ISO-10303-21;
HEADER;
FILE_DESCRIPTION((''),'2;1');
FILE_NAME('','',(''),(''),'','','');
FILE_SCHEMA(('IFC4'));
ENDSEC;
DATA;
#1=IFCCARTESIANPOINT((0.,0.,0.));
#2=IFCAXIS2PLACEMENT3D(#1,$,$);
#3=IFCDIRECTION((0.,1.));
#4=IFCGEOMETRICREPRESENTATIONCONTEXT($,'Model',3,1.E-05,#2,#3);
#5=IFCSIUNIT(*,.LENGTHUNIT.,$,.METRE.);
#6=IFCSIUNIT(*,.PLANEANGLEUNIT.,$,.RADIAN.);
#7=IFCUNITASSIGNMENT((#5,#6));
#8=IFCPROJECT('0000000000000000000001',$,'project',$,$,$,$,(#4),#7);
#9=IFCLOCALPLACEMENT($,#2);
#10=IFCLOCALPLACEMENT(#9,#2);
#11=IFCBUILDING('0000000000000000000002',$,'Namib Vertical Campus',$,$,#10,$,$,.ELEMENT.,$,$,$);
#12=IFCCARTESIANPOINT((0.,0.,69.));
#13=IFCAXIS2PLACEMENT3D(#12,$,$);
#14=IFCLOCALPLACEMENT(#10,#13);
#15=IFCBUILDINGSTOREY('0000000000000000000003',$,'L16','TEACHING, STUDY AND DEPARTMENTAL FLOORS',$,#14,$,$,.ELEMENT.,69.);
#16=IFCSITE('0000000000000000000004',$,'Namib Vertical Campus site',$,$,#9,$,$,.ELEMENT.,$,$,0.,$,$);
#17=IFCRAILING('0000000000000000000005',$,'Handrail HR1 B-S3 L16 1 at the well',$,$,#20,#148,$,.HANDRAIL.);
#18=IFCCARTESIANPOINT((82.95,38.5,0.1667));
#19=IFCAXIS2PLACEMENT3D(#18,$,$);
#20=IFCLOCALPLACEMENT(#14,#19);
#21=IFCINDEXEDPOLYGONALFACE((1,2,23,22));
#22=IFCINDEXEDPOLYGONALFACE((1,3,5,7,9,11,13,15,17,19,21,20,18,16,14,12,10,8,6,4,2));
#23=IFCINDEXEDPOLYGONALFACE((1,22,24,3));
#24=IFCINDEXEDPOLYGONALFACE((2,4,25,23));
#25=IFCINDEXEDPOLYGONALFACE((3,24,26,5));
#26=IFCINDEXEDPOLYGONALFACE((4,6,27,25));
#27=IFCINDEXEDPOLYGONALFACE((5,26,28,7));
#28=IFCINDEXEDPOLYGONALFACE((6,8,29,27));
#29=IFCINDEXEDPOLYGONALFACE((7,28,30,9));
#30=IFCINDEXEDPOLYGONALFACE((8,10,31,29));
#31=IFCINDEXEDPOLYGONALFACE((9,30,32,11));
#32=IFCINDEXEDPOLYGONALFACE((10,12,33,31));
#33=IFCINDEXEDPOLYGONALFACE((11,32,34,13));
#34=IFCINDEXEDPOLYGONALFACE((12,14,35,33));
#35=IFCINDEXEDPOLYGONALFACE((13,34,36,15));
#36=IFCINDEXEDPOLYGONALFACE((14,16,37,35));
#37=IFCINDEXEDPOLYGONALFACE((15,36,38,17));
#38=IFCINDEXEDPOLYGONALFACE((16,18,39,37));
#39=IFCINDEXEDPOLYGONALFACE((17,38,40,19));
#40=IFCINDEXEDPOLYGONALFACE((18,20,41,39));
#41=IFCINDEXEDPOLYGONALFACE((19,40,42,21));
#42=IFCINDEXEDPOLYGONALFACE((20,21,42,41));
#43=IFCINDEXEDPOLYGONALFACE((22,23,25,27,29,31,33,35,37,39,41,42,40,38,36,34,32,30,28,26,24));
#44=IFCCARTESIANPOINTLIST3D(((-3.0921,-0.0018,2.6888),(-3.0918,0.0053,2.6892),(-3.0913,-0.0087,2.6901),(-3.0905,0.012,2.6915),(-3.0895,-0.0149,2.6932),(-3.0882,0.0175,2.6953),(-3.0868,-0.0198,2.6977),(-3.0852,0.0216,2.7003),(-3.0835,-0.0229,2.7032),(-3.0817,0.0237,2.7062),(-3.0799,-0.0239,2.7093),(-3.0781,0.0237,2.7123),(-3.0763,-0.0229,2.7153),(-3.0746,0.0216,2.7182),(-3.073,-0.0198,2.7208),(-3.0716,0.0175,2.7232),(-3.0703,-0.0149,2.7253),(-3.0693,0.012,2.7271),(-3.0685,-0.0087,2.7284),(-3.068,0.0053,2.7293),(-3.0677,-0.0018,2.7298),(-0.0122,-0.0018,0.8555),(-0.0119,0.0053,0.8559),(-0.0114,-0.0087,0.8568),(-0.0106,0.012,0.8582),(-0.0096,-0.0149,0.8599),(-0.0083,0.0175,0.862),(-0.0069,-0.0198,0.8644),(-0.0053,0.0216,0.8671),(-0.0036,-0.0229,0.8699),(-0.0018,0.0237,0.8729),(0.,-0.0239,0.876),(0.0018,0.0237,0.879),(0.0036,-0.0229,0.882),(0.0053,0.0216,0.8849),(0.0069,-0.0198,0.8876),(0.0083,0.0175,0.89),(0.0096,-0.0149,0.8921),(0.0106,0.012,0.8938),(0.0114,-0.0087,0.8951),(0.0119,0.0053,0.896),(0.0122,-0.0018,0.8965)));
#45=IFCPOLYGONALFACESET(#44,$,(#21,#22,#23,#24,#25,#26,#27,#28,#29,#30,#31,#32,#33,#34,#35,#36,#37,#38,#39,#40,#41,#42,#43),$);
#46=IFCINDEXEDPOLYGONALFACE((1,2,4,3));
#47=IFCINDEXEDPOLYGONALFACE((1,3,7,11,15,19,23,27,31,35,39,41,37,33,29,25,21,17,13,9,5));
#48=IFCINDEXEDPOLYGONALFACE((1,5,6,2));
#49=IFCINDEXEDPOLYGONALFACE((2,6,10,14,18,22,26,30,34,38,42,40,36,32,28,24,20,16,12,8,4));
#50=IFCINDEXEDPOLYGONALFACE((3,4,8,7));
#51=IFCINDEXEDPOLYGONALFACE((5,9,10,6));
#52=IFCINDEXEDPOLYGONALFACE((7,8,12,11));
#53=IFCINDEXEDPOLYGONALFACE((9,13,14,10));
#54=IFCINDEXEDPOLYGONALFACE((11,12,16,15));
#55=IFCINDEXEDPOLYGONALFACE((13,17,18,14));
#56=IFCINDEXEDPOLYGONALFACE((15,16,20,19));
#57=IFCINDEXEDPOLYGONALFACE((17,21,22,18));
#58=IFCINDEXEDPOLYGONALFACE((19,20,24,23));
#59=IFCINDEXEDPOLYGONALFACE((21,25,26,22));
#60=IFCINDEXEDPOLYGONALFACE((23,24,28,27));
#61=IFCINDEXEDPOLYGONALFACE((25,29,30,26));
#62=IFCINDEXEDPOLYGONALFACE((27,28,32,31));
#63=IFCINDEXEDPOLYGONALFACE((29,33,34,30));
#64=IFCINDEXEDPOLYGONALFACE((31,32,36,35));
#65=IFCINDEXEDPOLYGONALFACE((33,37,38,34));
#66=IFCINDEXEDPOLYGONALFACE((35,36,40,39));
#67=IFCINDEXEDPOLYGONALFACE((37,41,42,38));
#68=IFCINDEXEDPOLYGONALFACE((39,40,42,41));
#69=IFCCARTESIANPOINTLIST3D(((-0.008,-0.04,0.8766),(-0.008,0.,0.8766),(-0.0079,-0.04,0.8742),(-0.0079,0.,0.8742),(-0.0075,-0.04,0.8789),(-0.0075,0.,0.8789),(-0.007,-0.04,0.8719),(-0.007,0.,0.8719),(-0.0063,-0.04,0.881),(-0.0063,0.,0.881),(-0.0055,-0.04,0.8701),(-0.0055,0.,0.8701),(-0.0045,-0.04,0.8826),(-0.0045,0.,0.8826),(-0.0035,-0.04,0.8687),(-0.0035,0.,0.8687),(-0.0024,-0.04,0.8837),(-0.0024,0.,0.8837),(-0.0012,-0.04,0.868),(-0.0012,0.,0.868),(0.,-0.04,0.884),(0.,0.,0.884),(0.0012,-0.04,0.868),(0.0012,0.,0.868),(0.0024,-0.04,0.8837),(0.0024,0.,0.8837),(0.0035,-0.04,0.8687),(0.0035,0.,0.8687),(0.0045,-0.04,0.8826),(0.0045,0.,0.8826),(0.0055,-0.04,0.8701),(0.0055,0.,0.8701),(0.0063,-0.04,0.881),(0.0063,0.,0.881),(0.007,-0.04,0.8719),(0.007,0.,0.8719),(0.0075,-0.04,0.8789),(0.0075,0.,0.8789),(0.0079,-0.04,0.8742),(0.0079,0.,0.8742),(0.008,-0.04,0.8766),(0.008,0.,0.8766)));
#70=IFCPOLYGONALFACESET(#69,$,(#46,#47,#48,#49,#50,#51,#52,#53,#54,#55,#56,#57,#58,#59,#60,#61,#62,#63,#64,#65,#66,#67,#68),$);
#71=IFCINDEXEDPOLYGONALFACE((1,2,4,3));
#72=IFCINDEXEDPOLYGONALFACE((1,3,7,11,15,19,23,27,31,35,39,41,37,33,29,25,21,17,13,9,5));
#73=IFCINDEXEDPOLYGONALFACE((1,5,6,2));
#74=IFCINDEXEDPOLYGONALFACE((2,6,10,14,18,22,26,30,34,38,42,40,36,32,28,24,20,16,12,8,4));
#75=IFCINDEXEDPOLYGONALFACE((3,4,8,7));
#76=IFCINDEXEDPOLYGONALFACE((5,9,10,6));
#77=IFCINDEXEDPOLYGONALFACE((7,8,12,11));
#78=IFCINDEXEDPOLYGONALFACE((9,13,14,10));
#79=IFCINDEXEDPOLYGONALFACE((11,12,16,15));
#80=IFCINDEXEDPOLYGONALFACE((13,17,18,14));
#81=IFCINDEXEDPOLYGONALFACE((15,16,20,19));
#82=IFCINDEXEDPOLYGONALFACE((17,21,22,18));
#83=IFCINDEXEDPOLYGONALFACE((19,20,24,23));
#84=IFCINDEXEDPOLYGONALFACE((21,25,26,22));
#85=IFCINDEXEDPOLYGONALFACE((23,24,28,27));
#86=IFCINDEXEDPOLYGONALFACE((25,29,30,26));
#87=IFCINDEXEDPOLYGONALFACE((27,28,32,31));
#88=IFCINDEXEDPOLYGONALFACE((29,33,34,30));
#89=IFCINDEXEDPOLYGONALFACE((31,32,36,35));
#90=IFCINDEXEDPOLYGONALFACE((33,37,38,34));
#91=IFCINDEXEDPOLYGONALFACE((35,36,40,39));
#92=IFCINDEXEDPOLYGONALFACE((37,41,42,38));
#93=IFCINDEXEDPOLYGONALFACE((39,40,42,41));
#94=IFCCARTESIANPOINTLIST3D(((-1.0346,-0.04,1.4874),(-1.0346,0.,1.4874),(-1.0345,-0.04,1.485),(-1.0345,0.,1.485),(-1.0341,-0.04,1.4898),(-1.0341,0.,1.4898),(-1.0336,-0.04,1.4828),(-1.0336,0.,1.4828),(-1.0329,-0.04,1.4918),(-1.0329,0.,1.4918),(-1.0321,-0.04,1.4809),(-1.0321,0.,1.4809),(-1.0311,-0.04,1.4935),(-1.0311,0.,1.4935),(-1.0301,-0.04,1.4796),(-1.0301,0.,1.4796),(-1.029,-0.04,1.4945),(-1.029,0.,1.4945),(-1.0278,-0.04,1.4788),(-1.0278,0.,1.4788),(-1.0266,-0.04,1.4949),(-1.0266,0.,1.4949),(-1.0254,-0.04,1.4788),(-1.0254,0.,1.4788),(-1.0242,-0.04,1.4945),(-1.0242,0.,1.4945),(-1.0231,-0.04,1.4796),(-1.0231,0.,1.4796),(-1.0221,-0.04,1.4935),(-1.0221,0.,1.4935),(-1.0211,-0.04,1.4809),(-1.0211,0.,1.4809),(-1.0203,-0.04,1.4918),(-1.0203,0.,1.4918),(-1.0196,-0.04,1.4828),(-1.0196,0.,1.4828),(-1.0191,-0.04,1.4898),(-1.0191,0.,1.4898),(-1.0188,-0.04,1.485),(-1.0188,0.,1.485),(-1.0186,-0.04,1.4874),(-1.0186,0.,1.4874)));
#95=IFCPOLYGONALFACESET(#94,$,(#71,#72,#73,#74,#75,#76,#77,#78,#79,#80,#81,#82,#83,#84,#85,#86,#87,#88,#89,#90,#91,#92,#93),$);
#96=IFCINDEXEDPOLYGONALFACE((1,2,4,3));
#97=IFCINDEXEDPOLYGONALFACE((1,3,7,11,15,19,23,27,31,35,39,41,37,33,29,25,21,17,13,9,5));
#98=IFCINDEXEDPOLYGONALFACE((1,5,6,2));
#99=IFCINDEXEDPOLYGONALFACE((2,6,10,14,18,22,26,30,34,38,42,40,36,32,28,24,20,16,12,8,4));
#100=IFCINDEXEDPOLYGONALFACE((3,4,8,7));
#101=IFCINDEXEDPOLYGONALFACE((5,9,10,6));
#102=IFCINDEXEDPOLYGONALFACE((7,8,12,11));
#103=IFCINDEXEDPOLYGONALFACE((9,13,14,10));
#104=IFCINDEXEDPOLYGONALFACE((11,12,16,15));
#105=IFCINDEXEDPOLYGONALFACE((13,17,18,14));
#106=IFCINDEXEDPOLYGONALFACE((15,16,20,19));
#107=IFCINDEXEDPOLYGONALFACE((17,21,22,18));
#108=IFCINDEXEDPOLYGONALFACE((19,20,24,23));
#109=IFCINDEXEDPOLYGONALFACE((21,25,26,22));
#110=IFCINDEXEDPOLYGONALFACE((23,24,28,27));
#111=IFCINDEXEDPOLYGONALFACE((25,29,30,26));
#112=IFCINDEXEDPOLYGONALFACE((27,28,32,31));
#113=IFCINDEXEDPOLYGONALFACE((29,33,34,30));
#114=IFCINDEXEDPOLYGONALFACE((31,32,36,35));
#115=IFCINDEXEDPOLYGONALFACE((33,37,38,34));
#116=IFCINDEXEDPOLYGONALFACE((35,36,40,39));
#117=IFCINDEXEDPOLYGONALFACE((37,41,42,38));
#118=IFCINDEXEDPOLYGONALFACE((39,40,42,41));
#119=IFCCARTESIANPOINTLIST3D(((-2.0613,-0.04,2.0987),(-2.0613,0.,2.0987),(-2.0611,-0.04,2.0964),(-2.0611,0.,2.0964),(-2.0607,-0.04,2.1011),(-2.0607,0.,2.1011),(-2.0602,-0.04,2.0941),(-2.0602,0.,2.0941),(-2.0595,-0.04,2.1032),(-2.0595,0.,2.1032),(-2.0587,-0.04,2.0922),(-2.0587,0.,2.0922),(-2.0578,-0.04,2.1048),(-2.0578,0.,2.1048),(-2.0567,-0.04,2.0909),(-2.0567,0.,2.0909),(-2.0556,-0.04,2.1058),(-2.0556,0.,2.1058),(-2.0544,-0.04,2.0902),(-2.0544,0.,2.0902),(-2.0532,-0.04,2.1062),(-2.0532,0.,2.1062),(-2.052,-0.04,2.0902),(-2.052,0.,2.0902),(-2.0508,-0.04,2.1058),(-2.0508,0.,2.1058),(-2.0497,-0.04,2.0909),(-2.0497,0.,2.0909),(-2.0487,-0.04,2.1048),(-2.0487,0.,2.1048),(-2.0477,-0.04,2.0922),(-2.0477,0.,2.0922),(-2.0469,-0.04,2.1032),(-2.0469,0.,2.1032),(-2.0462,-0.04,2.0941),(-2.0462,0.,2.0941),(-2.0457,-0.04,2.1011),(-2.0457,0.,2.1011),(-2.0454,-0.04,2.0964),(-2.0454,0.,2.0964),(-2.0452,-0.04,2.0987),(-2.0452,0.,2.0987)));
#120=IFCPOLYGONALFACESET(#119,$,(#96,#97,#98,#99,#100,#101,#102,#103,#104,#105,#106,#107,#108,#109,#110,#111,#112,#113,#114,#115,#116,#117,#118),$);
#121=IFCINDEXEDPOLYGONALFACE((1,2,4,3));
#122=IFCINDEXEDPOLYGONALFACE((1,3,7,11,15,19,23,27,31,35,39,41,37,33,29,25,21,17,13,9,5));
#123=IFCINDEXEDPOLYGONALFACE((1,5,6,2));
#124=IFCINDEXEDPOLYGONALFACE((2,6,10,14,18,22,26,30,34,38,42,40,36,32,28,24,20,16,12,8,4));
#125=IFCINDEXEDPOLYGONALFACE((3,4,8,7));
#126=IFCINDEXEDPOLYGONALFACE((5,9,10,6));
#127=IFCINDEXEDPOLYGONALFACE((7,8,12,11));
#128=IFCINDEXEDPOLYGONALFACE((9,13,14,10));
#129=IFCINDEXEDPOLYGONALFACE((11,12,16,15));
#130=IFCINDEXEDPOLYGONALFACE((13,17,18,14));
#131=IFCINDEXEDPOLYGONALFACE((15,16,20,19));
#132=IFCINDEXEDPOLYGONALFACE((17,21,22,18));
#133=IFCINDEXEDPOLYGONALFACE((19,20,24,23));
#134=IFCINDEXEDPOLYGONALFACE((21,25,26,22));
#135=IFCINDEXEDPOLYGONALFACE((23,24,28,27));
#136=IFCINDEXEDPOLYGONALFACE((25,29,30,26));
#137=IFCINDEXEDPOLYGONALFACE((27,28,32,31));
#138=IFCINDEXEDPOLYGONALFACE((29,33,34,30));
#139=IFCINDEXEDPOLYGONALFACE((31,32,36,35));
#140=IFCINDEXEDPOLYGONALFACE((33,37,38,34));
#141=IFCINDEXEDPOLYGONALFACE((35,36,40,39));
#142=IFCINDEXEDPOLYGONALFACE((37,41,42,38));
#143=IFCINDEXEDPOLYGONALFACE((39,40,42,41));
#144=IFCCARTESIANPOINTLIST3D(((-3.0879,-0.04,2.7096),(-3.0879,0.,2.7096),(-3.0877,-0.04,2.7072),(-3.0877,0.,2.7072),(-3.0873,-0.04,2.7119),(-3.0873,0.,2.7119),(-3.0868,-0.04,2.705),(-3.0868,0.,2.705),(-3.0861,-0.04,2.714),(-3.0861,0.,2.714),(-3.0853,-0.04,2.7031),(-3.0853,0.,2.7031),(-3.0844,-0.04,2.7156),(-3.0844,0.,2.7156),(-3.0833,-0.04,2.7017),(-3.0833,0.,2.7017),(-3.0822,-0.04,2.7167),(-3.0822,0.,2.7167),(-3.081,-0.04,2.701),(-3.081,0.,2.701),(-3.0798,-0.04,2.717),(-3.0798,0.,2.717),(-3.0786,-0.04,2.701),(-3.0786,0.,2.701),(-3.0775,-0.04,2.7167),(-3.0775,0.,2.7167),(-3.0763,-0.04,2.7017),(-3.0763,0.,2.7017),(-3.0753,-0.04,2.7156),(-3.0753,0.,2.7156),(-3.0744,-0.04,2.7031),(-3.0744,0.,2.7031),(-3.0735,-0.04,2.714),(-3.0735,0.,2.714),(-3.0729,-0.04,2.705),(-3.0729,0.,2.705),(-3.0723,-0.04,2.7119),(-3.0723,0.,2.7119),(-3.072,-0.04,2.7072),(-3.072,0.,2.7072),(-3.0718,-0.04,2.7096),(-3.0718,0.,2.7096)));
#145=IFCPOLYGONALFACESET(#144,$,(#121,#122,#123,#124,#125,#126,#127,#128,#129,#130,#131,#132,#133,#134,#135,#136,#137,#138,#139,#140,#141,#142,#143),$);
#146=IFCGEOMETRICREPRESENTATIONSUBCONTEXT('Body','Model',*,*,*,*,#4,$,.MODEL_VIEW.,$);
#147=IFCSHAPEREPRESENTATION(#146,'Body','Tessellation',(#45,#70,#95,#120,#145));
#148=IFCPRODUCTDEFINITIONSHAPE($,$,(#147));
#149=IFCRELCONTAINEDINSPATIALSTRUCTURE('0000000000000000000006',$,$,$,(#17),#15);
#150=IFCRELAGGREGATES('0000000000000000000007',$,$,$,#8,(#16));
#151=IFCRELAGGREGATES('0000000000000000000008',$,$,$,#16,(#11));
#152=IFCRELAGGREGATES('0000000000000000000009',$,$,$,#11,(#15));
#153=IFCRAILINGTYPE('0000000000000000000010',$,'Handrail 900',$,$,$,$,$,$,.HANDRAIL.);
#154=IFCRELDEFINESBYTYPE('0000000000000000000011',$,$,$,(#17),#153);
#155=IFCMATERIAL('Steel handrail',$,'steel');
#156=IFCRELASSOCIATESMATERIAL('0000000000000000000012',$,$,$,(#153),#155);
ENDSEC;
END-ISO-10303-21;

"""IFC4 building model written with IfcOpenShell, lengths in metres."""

from ifc_helpers import new_model, si_unit, direction, frame, origin, origin_2d, place, context, subcontext, project, spatial, circle, extrude, material, type_object, element, save


model = new_model("IFC4")

# Units and contexts
model_context = context("Model", 3, precision=1e-05, world=origin(), true_north=direction((0.0, 1.0)))
body_context = subcontext(model_context, "Body", "Model", "MODEL_VIEW")
ifc_project = project(units=[si_unit("LENGTHUNIT", "METRE"), si_unit("PLANEANGLEUNIT", "RADIAN")], contexts=[model_context])

# Site, building, storey
site_placement = place(None, origin())
site = spatial("IfcSite", under=ifc_project, at=site_placement, Name="Namib Vertical Campus site", CompositionType="ELEMENT", RefElevation=0.0)
building_placement = place(site_placement, origin())
building = spatial("IfcBuilding", under=site, at=building_placement, Name="Namib Vertical Campus", CompositionType="ELEMENT")
storey_placement = place(building_placement, frame((0.0, 0.0, 69.0)))
storey = spatial("IfcBuildingStorey", under=building, at=storey_placement, Name="L16", Description="TEACHING, STUDY AND DEPARTMENTAL FLOORS", CompositionType="ELEMENT", Elevation=69.0)

# Railing
ifc_material_1 = material(Name="Steel handrail", Category="steel")
railing_type_1 = type_object("IfcRailingType", Name="Handrail 900", PredefinedType="HANDRAIL", material=ifc_material_1)
railing_1_placement = place(storey_placement, frame((82.95, 38.5, 0.1667)))
element("IfcRailing", 1, at=railing_1_placement, inside=storey, type_object=railing_type_1, Name="Handrail HR1 B-S3 L16 1 at the well", PredefinedType="HANDRAIL", context=body_context, shape_type="SweptSolid", body=[
    extrude(circle(Radius=0.0239, at=origin_2d()), frame((0.0, 0.0, 0.876), z_axis=(-0.859291, 0.0, 0.511487), x_axis=(0.0, -1.0, 0.0)), (0.0, 0.0, 1.0), 3.5842),
    extrude(circle(Radius=0.0081, at=origin_2d()), frame((0.0, 0.0, 0.876), z_axis=(0.0, -1.0, 0.0), x_axis=(0.0, 0.0, 1.0)), (0.0, 0.0, 1.0), 0.04),
    extrude(circle(Radius=0.0081, at=origin_2d()), frame((-1.0266, 0.0, 1.4868), z_axis=(0.0, -1.0, 0.0), x_axis=(0.0, 0.0, 1.0)), (0.0, 0.0, 1.0), 0.04),
    extrude(circle(Radius=0.0081, at=origin_2d()), frame((-2.0532, 0.0, 2.0981), z_axis=(0.0, -1.0, 0.0), x_axis=(0.0, 0.0, 1.0)), (0.0, 0.0, 1.0), 0.04),
    extrude(circle(Radius=0.0081, at=origin_2d()), frame((-3.0798, 0.0, 2.709), z_axis=(0.0, -1.0, 0.0), x_axis=(0.0, 0.0, 1.0)), (0.0, 0.0, 1.0), 0.04),
])

save(model, "model.ifc")
